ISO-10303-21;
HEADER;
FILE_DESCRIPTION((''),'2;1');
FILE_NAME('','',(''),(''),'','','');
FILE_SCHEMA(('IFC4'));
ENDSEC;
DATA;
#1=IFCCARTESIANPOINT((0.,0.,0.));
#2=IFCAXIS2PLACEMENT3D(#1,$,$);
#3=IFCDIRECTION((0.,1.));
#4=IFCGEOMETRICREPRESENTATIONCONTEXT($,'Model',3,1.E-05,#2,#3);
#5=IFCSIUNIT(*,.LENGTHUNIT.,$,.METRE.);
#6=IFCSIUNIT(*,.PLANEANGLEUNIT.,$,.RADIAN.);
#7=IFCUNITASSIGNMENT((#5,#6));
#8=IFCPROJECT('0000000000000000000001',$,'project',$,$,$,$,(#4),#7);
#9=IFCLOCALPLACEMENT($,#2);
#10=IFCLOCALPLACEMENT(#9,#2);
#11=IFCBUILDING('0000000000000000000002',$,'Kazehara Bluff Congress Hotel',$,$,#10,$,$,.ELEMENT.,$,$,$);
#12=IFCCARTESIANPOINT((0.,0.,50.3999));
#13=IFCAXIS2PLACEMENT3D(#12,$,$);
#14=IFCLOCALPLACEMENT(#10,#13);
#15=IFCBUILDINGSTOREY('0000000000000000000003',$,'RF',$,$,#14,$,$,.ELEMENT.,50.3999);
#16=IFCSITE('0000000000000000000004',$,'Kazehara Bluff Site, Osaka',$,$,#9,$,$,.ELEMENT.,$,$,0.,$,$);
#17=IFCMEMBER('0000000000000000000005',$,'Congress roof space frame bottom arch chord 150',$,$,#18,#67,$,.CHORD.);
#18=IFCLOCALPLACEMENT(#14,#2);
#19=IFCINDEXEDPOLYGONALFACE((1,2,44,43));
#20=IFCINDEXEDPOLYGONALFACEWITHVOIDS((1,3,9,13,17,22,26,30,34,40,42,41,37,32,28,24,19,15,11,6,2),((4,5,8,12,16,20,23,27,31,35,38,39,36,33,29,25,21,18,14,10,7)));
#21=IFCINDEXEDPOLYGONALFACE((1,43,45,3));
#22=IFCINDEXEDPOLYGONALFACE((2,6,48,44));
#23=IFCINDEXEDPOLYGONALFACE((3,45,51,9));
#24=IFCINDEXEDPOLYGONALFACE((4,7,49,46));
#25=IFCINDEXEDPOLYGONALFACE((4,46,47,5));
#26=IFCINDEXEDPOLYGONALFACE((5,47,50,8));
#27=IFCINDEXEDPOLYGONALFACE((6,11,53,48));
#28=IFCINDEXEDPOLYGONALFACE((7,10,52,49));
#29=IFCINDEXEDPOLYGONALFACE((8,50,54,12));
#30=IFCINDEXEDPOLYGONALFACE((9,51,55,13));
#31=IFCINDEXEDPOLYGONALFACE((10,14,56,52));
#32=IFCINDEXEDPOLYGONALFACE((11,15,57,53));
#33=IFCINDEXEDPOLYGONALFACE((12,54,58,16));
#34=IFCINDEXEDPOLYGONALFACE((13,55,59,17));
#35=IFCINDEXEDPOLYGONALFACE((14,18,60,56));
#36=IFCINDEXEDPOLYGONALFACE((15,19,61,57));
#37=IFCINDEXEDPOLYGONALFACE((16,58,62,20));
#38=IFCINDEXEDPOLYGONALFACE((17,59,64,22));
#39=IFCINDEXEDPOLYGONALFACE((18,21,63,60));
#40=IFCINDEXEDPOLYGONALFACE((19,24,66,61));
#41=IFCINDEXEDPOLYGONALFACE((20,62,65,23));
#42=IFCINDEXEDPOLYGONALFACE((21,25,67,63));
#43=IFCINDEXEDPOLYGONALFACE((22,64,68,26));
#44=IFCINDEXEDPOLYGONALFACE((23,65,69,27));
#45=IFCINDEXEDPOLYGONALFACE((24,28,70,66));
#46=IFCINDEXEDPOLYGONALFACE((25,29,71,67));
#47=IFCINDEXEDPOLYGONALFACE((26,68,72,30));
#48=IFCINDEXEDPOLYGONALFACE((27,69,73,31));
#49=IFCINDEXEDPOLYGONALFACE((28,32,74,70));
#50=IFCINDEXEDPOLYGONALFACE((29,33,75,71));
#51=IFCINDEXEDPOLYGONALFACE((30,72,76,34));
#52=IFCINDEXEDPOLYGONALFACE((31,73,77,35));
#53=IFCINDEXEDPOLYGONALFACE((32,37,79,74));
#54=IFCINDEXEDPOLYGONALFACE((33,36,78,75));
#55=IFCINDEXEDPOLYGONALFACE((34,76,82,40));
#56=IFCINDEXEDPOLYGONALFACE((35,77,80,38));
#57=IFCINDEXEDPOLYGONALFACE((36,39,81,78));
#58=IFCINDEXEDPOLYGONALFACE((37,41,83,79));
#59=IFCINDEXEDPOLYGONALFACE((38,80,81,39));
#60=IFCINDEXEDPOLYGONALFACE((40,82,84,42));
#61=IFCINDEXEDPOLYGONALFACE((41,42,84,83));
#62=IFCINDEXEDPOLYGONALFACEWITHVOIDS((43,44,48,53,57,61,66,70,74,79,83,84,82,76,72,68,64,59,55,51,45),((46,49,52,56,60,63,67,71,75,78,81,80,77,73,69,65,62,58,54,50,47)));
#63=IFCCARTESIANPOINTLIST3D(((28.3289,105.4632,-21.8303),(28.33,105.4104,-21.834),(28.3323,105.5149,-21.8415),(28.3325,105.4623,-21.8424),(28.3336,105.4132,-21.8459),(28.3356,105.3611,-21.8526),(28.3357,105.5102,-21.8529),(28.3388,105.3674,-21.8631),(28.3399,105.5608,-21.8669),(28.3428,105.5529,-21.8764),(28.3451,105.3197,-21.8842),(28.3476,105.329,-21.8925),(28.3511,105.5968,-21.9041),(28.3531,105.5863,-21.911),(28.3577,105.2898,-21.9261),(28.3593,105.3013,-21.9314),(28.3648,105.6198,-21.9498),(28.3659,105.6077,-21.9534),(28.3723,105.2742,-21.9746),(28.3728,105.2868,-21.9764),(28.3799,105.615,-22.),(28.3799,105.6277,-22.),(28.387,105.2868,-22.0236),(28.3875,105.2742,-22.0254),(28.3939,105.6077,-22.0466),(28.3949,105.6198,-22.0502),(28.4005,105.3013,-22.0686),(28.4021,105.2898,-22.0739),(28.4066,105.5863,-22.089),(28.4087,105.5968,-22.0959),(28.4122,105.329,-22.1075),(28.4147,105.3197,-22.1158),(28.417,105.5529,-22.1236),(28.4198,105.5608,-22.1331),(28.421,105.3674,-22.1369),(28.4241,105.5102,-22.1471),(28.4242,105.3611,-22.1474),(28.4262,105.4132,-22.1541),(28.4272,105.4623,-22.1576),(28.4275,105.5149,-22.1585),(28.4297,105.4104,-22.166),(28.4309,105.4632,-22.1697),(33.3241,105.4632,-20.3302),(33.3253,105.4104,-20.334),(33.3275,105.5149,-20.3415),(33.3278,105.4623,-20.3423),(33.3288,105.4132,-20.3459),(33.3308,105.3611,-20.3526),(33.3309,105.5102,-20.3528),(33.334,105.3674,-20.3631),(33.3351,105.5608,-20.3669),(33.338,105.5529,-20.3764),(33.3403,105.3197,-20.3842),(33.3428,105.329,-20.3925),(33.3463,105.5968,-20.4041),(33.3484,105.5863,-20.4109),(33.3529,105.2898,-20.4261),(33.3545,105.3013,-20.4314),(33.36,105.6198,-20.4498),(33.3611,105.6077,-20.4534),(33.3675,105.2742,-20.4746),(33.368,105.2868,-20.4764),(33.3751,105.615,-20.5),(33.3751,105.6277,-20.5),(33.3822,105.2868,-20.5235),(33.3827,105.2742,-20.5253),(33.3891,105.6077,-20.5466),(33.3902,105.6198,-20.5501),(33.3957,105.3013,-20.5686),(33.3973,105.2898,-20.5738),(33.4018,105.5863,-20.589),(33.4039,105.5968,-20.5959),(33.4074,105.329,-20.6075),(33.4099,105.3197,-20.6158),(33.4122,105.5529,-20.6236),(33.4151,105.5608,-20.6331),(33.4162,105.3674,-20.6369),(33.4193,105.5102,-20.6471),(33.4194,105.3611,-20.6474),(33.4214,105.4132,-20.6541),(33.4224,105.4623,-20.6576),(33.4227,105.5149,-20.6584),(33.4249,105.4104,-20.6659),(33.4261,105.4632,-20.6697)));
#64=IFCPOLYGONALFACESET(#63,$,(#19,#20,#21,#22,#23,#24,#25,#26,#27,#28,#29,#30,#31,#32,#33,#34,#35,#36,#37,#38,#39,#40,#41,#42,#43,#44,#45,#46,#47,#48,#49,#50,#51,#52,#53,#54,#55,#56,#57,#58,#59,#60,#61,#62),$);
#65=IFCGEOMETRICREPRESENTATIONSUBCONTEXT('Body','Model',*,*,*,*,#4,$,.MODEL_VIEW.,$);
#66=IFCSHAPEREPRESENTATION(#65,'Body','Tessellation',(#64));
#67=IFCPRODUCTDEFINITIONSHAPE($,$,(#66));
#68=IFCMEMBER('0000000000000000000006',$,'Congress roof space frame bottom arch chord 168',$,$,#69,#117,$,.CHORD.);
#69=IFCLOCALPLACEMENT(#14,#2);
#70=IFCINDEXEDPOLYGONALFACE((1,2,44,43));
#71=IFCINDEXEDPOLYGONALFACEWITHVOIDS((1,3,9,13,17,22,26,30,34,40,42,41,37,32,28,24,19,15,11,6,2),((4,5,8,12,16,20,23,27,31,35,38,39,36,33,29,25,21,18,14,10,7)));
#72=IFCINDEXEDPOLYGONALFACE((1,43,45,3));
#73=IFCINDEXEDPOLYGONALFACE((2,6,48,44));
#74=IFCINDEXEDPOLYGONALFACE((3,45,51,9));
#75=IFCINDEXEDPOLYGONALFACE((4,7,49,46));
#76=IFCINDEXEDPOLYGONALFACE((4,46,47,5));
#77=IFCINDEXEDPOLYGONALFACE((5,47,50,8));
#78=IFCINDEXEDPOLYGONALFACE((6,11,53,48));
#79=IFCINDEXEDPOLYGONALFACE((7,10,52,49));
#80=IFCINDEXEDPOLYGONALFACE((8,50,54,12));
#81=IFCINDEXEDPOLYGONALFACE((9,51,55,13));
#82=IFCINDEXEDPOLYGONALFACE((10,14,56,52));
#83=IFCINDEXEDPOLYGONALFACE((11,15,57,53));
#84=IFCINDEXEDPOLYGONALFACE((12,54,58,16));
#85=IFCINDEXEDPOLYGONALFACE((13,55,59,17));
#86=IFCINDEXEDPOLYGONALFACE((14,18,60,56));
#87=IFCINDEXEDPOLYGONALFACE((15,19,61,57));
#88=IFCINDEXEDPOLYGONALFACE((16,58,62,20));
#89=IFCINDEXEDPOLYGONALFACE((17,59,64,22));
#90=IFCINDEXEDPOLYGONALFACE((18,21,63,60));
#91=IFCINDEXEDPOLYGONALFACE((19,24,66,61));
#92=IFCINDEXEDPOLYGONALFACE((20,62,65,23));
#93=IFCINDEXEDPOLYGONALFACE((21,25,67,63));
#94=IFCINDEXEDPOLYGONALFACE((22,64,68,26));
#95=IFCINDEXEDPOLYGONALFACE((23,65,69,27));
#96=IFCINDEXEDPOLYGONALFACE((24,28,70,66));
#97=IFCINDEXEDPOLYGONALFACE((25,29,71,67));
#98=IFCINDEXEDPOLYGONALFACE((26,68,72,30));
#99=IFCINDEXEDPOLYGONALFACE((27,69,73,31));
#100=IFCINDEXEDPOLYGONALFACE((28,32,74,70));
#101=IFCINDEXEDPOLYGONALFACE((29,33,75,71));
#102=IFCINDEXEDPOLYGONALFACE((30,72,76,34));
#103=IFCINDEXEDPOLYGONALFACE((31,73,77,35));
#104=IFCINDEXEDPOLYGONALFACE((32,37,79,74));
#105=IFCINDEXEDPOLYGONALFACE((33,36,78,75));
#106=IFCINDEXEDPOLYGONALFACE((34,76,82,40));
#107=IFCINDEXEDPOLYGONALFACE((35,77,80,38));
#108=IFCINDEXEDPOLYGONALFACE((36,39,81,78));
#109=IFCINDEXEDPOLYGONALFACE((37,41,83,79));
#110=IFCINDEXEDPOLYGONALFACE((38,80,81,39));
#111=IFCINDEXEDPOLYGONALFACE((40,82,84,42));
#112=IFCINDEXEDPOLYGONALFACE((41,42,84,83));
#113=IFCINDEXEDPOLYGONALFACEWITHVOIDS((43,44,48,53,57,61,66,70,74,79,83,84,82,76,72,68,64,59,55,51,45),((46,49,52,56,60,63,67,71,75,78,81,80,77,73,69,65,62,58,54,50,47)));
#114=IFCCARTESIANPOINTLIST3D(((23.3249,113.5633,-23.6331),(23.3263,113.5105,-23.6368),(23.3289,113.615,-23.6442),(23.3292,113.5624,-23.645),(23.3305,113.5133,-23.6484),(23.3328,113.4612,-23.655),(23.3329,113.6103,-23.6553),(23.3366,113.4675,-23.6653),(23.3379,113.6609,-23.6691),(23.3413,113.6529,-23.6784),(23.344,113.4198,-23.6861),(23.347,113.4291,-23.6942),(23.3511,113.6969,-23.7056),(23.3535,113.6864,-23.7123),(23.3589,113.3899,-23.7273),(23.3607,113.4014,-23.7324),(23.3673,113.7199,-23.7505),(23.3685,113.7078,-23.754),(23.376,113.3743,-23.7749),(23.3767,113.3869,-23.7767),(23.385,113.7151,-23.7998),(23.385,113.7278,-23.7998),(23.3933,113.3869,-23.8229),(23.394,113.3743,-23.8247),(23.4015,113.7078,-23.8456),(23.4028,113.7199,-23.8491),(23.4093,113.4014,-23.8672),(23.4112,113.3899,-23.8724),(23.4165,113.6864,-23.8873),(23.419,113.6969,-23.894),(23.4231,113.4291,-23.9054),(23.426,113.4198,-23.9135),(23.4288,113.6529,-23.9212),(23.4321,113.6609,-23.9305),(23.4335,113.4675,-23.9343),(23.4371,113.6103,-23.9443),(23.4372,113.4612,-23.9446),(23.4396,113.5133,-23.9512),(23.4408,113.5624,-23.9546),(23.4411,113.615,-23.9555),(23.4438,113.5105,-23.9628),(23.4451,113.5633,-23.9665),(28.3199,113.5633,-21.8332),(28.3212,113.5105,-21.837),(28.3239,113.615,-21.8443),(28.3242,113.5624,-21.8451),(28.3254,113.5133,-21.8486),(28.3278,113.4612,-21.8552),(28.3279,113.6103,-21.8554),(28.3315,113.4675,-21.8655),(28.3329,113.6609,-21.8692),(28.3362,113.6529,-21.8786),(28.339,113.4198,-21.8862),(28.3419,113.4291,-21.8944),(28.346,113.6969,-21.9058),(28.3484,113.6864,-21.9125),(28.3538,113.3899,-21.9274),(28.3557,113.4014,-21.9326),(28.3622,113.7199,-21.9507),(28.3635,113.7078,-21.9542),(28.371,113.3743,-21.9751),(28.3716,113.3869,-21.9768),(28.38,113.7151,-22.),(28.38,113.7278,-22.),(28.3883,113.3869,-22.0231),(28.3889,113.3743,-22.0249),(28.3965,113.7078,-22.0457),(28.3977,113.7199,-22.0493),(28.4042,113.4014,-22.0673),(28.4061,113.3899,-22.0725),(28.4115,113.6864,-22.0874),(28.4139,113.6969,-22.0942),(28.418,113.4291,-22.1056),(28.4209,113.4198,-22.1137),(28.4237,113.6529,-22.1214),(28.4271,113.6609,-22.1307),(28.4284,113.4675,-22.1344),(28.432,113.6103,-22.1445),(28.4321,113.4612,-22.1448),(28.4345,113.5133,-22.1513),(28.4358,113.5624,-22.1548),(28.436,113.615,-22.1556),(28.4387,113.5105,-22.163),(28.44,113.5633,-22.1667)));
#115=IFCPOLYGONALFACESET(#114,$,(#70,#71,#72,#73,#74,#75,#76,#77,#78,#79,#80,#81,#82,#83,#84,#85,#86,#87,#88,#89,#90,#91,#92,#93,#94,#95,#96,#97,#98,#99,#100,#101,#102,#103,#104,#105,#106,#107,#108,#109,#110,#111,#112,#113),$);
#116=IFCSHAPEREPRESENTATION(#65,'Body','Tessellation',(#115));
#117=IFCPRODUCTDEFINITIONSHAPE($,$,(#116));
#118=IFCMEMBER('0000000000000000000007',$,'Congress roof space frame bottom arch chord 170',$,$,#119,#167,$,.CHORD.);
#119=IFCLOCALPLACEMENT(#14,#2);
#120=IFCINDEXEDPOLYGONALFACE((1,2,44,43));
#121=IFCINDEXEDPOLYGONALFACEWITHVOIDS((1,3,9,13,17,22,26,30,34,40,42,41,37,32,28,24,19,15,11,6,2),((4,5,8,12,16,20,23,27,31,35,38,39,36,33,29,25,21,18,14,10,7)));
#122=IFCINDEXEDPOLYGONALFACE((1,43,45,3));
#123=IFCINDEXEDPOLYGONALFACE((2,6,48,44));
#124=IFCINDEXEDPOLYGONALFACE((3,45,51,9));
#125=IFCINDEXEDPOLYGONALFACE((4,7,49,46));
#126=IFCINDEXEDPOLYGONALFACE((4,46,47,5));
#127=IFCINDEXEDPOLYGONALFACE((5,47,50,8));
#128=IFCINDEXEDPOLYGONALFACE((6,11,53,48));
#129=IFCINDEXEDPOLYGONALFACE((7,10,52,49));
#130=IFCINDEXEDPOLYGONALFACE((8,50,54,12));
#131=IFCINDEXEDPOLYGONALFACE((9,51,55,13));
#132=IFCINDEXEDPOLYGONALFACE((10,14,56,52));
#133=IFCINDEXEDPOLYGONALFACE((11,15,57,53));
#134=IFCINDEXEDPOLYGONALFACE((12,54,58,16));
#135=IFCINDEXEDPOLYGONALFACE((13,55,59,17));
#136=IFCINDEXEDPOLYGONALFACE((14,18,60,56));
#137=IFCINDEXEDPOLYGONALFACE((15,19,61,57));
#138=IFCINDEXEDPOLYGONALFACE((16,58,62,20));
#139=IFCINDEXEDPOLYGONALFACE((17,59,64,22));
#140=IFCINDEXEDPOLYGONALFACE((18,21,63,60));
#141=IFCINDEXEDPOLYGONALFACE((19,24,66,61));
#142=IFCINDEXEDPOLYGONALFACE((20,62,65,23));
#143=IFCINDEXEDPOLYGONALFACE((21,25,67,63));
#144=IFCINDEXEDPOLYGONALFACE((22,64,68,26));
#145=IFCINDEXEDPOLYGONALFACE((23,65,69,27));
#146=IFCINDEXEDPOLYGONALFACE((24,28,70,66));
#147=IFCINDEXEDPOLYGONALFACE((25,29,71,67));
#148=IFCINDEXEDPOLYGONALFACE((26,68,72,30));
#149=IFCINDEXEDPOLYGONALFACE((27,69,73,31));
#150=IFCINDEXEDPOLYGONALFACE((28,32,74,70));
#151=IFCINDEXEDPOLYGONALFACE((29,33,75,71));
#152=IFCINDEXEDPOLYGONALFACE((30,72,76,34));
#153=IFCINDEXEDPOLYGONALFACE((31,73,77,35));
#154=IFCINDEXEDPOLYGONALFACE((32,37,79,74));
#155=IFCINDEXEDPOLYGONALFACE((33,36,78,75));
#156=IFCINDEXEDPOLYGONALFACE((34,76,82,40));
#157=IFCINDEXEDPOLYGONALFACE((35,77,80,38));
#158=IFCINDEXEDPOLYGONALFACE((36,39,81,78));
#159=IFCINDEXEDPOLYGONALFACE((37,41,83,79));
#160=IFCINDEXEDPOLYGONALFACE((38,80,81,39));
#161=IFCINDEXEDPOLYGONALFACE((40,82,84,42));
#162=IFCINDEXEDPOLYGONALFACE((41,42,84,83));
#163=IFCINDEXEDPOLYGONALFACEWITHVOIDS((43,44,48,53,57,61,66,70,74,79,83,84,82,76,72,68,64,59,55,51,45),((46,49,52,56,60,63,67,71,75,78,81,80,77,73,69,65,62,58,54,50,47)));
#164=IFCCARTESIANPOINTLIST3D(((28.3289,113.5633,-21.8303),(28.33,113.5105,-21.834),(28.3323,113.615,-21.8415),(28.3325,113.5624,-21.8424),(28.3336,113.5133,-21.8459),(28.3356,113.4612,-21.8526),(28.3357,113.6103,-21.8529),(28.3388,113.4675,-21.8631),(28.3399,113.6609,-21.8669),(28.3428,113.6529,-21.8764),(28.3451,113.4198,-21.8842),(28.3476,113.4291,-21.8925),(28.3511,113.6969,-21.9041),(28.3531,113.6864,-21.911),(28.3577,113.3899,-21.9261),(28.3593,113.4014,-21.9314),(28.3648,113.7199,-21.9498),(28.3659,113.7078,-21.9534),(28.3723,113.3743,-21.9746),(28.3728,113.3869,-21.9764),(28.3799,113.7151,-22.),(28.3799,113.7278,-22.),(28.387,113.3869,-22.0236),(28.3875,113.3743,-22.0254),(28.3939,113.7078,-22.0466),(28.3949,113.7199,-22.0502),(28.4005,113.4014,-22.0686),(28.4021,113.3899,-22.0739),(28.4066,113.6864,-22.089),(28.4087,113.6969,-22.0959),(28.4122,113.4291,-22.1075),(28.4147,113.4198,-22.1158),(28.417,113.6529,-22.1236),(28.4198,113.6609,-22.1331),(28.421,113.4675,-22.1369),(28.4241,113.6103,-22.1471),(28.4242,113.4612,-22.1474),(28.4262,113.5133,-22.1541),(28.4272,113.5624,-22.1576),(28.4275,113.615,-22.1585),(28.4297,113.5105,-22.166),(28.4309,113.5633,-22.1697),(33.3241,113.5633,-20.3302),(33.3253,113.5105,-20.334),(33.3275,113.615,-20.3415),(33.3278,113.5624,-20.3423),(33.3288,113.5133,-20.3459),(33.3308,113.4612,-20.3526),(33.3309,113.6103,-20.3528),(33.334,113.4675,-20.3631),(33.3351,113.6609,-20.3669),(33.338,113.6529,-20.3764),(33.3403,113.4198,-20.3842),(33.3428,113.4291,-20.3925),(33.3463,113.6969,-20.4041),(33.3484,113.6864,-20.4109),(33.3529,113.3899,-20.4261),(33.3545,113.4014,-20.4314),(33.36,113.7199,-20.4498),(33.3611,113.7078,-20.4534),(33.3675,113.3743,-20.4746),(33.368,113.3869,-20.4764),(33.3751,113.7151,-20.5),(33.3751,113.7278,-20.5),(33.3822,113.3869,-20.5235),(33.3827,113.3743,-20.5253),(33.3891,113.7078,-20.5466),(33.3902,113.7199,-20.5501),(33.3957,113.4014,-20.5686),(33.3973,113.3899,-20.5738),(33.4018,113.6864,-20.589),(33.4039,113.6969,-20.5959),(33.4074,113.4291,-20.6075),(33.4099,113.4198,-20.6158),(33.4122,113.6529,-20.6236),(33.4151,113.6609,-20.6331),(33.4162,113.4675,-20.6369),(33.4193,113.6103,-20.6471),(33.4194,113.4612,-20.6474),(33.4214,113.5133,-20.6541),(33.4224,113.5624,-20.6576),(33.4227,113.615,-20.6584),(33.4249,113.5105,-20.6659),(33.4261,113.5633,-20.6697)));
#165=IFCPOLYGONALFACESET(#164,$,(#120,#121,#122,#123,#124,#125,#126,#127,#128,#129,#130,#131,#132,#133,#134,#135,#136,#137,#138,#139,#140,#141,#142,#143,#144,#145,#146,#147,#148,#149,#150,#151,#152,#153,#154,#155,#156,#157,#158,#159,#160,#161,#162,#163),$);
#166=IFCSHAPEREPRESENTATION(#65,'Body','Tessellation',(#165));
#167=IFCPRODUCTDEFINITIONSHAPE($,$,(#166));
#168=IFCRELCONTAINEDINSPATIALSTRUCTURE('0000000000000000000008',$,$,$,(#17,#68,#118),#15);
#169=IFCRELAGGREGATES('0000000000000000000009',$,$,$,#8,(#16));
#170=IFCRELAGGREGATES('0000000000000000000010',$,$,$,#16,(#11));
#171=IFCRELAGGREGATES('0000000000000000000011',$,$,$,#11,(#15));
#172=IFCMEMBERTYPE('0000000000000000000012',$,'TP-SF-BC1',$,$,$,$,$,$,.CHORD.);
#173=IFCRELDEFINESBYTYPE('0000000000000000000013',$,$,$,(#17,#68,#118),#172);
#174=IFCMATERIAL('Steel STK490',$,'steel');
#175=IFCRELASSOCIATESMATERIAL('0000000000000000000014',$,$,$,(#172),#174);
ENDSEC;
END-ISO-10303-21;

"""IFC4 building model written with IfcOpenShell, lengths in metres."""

from ifc_helpers import new_model, si_unit, direction, frame, origin, origin_2d, place, context, subcontext, project, spatial, hollow_circle, extrude, material, material_profile, profile_set, type_object, element, save


model = new_model("IFC4")

# Units and contexts
model_context = context("Model", 3, precision=1e-05, world=origin(), true_north=direction((0.0, 1.0)))
body_context = subcontext(model_context, "Body", "Model", "MODEL_VIEW")
ifc_project = project(units=[si_unit("LENGTHUNIT", "METRE"), si_unit("PLANEANGLEUNIT", "RADIAN")], contexts=[model_context])

# Site, building, storey
site_placement = place(None, origin())
site = spatial("IfcSite", under=ifc_project, at=site_placement, Name="Kazehara Bluff Site, Osaka", CompositionType="ELEMENT", RefElevation=0.0)
building_placement = place(site_placement, origin())
building = spatial("IfcBuilding", under=site, at=building_placement, Name="Kazehara Bluff Congress Hotel", CompositionType="ELEMENT")
storey_placement = place(building_placement, frame((0.0, 0.0, 50.3999)))
storey = spatial("IfcBuildingStorey", under=building, at=storey_placement, Name="RF", CompositionType="ELEMENT", Elevation=50.3999)

# Members
ifc_material_1 = material(Name="Steel STK490", Category="steel")
ifc_material_profile_1 = material_profile(ifc_material_1, hollow_circle(Radius=0.1777, WallThickness=0.0127, at=origin_2d()))
ifc_profile_set_1 = profile_set([ifc_material_profile_1], Name="Steel STK490")
member_type_1 = type_object("IfcMemberType", Name="TP-SF-BC1", PredefinedType="CHORD", material=ifc_profile_set_1)
member_1_placement = place(storey_placement, frame((28.3799, 105.45, -22.0), z_axis=(0.957749, 0.0, 0.287606), x_axis=(0.0, 1.0, 0.0)))
element("IfcMember", 1, at=member_1_placement, inside=storey, type_object=member_type_1, Name="Congress roof space frame bottom arch chord 150", PredefinedType="CHORD", context=body_context, shape_type="SweptSolid", body=[
    extrude(hollow_circle(Radius=0.1777, WallThickness=0.0127, at=origin_2d()), origin(), (0.0, 0.0, 1.0), 5.2156),
])
member_2_placement = place(storey_placement, frame((23.385, 113.55, -23.7998), z_axis=(0.940788, 0.0, 0.338995), x_axis=(0.0, 1.0, 0.0)))
element("IfcMember", 2, at=member_2_placement, inside=storey, type_object=member_type_1, Name="Congress roof space frame bottom arch chord 168", PredefinedType="CHORD", context=body_context, shape_type="SweptSolid", body=[
    extrude(hollow_circle(Radius=0.1777, WallThickness=0.0127, at=origin_2d()), origin(), (0.0, 0.0, 1.0), 5.3093),
])
member_3_placement = place(storey_placement, frame((28.3799, 113.55, -22.0), z_axis=(0.957749, 0.0, 0.287606), x_axis=(0.0, 1.0, 0.0)))
element("IfcMember", 3, at=member_3_placement, inside=storey, type_object=member_type_1, Name="Congress roof space frame bottom arch chord 170", PredefinedType="CHORD", context=body_context, shape_type="SweptSolid", body=[
    extrude(hollow_circle(Radius=0.1777, WallThickness=0.0127, at=origin_2d()), origin(), (0.0, 0.0, 1.0), 5.2156),
])

save(model, "model.ifc")
